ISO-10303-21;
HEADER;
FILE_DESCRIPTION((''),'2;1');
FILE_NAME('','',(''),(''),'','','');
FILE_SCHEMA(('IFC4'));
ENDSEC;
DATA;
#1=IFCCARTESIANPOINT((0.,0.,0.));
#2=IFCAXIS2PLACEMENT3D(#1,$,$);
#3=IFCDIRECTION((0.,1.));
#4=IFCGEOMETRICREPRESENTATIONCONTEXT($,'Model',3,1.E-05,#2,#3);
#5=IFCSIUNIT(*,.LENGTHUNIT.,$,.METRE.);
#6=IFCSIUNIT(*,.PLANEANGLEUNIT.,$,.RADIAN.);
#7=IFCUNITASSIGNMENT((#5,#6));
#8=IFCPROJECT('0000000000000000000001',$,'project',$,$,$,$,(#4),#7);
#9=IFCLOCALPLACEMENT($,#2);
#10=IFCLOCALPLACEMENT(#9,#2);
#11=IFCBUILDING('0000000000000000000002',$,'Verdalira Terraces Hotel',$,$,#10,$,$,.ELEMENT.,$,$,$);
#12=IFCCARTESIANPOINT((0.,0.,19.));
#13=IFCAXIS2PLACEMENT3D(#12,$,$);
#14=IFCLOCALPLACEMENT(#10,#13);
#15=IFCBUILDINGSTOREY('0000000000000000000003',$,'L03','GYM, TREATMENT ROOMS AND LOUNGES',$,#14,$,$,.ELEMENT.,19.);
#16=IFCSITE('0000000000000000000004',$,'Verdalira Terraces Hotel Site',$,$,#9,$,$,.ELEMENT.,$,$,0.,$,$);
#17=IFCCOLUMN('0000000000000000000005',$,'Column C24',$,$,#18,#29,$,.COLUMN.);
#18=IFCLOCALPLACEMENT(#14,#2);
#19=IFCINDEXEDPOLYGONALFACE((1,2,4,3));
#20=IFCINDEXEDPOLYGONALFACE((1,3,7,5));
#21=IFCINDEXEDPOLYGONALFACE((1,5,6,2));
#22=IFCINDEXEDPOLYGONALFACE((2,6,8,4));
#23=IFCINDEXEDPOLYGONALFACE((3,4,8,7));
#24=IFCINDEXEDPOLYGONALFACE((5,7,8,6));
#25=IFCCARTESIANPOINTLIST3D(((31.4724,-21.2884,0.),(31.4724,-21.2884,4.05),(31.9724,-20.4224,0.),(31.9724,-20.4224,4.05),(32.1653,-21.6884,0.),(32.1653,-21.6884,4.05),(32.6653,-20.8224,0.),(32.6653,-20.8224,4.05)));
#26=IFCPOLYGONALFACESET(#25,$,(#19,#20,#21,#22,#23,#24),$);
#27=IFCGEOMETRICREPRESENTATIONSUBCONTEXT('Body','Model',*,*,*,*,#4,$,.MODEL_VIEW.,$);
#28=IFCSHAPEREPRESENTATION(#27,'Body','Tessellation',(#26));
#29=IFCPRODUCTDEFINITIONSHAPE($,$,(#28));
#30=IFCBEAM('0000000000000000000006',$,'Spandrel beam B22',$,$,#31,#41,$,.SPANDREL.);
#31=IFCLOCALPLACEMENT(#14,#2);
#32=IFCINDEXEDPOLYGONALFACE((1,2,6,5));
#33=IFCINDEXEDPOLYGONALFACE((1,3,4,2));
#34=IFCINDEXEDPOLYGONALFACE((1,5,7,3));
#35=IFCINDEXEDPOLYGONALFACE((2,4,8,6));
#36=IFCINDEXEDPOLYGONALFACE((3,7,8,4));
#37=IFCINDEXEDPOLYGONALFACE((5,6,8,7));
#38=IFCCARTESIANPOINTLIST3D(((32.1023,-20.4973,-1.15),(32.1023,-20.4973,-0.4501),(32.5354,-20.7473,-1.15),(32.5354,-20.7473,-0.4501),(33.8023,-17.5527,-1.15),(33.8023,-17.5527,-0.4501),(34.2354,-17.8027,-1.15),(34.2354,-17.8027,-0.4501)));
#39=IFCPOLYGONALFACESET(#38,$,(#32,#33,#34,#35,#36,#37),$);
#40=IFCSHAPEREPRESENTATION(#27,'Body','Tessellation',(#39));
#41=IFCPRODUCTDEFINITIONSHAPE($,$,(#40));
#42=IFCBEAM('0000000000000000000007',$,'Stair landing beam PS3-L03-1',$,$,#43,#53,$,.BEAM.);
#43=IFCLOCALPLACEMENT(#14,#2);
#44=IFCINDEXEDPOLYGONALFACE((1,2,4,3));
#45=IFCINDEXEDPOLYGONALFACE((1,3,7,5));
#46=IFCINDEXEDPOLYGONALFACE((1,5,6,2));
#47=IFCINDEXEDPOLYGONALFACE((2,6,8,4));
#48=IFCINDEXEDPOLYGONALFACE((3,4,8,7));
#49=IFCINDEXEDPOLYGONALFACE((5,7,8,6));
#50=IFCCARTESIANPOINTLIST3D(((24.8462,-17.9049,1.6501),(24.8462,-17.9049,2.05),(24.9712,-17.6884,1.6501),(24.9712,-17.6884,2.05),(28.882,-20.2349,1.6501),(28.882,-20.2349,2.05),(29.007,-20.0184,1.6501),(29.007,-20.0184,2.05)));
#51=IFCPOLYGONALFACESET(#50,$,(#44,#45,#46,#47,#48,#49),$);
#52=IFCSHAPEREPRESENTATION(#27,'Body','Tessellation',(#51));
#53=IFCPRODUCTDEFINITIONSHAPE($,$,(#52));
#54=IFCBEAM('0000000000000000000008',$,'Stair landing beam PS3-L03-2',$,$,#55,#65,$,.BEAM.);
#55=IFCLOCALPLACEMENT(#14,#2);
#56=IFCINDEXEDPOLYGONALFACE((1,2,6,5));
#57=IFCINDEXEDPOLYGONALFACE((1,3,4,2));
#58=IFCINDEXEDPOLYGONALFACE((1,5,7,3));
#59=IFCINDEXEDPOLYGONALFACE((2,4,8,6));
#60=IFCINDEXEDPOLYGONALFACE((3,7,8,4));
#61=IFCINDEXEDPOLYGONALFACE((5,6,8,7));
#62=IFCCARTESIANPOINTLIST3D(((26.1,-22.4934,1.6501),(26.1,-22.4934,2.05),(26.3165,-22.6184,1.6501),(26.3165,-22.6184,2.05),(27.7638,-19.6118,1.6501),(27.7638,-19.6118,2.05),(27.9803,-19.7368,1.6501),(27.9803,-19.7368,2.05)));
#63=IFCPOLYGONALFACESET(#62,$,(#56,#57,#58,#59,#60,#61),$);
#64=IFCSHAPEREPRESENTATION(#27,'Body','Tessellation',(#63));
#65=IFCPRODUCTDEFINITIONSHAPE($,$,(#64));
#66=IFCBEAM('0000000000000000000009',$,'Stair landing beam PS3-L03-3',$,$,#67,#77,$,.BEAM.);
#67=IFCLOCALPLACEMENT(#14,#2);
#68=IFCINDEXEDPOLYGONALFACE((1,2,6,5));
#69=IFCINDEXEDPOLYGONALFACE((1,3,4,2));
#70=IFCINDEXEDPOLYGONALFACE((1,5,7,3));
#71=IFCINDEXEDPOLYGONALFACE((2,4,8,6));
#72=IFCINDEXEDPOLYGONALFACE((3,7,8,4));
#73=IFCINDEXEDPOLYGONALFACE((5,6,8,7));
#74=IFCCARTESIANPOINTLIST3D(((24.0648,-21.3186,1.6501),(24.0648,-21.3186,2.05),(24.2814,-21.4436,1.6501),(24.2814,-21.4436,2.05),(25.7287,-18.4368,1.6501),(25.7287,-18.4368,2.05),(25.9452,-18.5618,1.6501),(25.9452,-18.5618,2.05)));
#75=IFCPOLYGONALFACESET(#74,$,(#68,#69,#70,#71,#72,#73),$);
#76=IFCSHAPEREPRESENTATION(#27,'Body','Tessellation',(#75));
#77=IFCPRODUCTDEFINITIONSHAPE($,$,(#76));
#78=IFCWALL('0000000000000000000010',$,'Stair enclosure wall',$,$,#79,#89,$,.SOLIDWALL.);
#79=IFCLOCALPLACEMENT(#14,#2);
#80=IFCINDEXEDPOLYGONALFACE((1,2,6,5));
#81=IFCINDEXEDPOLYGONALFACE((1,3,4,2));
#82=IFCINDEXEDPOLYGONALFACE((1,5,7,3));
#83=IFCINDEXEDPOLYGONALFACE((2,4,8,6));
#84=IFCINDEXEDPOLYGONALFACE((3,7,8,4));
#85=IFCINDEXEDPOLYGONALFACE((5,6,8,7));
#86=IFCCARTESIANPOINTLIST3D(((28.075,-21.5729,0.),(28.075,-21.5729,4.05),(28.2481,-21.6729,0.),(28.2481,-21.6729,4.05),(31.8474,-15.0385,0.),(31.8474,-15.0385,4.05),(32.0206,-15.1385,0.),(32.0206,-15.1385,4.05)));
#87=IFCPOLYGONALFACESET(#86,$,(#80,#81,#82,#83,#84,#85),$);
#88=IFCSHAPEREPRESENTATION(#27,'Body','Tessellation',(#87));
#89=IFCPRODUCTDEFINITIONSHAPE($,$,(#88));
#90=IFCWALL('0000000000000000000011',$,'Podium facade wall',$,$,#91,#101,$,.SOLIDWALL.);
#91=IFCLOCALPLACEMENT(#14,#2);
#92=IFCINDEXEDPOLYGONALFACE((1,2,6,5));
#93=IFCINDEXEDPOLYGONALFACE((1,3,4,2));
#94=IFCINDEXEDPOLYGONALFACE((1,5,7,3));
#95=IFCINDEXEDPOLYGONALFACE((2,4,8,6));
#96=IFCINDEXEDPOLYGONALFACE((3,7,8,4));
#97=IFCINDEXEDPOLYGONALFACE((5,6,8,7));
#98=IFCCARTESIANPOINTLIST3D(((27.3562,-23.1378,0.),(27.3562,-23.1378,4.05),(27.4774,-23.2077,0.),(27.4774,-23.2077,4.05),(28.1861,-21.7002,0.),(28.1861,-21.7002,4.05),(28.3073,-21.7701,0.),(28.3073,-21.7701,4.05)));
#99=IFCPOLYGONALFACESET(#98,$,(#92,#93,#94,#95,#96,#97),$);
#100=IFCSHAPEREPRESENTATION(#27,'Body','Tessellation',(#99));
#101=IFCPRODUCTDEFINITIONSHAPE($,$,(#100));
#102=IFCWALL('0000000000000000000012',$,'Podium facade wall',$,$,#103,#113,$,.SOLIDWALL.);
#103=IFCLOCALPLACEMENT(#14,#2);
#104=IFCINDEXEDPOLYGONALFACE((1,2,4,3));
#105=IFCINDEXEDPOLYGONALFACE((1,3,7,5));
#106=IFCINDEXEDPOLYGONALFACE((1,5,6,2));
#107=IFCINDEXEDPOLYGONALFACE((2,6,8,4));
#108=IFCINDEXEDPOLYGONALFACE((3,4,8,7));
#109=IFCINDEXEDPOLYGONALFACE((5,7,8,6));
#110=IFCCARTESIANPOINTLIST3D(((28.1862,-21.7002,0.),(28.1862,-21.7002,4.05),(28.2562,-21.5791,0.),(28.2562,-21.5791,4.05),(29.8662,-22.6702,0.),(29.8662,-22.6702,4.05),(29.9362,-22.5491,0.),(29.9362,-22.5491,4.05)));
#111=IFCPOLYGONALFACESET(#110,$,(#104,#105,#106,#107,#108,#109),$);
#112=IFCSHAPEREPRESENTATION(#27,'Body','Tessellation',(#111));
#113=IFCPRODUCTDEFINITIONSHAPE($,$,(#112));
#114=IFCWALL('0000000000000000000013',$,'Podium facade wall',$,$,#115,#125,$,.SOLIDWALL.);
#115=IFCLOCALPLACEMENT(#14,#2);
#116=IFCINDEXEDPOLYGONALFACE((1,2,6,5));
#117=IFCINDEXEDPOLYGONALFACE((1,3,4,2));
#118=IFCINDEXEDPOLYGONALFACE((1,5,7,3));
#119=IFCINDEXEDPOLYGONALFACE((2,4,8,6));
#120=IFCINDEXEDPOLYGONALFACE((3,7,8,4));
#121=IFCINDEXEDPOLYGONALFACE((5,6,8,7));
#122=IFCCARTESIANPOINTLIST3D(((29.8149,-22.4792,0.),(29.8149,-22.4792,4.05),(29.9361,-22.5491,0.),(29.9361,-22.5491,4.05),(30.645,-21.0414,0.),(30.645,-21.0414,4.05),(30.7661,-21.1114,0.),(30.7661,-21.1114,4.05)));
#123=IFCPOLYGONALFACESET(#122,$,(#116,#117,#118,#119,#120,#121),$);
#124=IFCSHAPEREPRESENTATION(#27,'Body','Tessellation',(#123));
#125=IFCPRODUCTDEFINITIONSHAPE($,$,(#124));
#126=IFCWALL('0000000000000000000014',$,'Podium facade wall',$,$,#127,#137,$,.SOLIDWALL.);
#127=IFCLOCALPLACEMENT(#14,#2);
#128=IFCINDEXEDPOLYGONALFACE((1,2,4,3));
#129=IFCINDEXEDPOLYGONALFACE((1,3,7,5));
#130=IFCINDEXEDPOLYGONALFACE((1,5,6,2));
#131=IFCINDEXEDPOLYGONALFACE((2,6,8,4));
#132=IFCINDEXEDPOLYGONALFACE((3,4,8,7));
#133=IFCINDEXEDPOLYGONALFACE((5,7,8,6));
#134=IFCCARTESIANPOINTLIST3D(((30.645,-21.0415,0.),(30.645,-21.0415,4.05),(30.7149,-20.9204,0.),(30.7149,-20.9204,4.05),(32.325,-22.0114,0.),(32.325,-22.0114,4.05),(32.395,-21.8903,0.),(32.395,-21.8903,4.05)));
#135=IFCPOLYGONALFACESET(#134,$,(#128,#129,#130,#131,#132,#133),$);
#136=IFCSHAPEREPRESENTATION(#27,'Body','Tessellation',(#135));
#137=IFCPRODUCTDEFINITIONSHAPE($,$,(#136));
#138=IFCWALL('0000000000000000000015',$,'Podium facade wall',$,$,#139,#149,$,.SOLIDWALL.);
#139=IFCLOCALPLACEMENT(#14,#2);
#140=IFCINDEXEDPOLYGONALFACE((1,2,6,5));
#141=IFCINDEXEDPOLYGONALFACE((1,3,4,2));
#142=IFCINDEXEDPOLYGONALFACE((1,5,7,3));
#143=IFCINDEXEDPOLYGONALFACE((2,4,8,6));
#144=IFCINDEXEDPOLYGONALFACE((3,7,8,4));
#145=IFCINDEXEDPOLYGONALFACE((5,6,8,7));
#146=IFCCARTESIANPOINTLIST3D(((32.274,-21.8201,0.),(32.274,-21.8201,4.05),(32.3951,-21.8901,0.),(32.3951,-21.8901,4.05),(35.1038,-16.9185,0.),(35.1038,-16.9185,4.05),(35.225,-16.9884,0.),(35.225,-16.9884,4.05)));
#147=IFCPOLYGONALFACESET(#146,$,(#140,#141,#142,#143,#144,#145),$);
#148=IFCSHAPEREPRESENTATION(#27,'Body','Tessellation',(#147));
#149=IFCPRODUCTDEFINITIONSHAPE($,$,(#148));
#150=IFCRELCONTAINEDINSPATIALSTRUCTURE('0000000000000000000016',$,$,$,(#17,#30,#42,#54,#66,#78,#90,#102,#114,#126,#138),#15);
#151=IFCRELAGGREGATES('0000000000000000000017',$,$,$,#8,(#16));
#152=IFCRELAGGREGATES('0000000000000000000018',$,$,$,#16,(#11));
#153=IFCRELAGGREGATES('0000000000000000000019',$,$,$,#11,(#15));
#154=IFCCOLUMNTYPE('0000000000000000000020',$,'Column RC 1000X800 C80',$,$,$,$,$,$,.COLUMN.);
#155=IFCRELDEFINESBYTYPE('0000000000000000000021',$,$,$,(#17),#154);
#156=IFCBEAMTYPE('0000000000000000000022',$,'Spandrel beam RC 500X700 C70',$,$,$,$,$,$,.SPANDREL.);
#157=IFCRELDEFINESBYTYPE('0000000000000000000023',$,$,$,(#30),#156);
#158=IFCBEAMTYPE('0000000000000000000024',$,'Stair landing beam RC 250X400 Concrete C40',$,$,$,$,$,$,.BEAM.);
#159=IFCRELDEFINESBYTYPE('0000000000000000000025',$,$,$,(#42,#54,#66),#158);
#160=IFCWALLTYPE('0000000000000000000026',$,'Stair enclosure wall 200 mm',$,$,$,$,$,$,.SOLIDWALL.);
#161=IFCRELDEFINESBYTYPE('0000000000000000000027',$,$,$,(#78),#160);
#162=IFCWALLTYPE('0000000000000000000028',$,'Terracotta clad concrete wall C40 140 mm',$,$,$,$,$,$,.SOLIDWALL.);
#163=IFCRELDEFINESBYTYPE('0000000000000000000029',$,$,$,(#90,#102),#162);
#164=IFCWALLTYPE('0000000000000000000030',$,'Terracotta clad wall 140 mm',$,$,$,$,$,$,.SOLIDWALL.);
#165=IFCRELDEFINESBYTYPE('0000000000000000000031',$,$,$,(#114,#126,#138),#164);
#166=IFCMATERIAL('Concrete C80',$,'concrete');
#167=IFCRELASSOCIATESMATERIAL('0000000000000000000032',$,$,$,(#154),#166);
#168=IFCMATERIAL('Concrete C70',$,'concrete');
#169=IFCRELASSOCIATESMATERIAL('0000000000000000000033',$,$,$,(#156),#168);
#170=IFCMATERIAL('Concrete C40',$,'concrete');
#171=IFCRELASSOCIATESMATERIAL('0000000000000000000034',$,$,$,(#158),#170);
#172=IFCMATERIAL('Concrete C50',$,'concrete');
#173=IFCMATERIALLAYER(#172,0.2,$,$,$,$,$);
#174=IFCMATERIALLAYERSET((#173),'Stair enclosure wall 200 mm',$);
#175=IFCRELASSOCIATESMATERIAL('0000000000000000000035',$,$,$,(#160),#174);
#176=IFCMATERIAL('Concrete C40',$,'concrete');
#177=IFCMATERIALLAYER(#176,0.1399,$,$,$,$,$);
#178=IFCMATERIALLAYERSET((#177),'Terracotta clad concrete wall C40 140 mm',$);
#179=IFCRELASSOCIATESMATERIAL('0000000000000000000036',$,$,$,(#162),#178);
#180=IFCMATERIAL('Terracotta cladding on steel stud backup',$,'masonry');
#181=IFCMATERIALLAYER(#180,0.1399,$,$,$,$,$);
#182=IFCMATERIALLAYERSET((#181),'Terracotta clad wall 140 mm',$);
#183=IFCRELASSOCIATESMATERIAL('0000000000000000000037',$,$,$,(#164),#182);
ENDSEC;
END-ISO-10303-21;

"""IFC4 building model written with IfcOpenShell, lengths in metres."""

from ifc_helpers import new_model, si_unit, direction, frame, frame_2d, origin, origin_2d, place, context, subcontext, project, spatial, rectangle, extrude, material, layer, layer_set, material_profile, profile_set, type_object, element, save


model = new_model("IFC4")

# Units and contexts
model_context = context("Model", 3, precision=1e-05, world=origin(), true_north=direction((0.0, 1.0)))
body_context = subcontext(model_context, "Body", "Model", "MODEL_VIEW")
ifc_project = project(units=[si_unit("LENGTHUNIT", "METRE"), si_unit("PLANEANGLEUNIT", "RADIAN")], contexts=[model_context])

# Site, building, storey
site_placement = place(None, origin())
site = spatial("IfcSite", under=ifc_project, at=site_placement, Name="Verdalira Terraces Hotel Site", CompositionType="ELEMENT", RefElevation=0.0)
building_placement = place(site_placement, origin())
building = spatial("IfcBuilding", under=site, at=building_placement, Name="Verdalira Terraces Hotel", CompositionType="ELEMENT")
storey_placement = place(building_placement, frame((0.0, 0.0, 19.0)))
storey = spatial("IfcBuildingStorey", under=building, at=storey_placement, Name="L03", Description="GYM, TREATMENT ROOMS AND LOUNGES", CompositionType="ELEMENT", Elevation=19.0)

# Column
ifc_material_1 = material(Name="Concrete C80", Category="concrete")
ifc_material_profile_1 = material_profile(ifc_material_1, rectangle(XDim=1.0, YDim=0.8, at=origin_2d()), Name="RC 1000X800")
ifc_profile_set_1 = profile_set([ifc_material_profile_1], Name="Concrete C80")
column_type = type_object("IfcColumnType", Name="Column RC 1000X800 C80", PredefinedType="COLUMN", material=ifc_profile_set_1)
column_placement = place(storey_placement, frame((32.0688, -21.0554, 0.0), z_axis=(0.0, 0.0, 1.0), x_axis=(0.5, 0.866025, 0.0)))
element("IfcColumn", 1, at=column_placement, inside=storey, type_object=column_type, Name="Column C24", PredefinedType="COLUMN", context=body_context, shape_type="SweptSolid", body=[
    extrude(rectangle(XDim=1.0, YDim=0.8, at=origin_2d()), origin(), (0.0, 0.0, 1.0), 4.05),
])

# Beams
ifc_material_2 = material(Name="Concrete C70", Category="concrete")
ifc_material_profile_2 = material_profile(ifc_material_2, rectangle(XDim=0.5, YDim=0.7, at=origin_2d()), Name="RC 500X700")
ifc_profile_set_2 = profile_set([ifc_material_profile_2], Name="Concrete C70")
beam_type_1 = type_object("IfcBeamType", Name="Spandrel beam RC 500X700 C70", PredefinedType="SPANDREL", material=ifc_profile_set_2)
beam_1_placement = place(storey_placement, frame((32.3188, -20.6223, -0.8), z_axis=(0.499977, 0.866039, 0.0), x_axis=(-0.866039, 0.499977, 0.0)))
element("IfcBeam", 2, at=beam_1_placement, inside=storey, type_object=beam_type_1, Name="Spandrel beam B22", PredefinedType="SPANDREL", context=body_context, shape_type="SweptSolid", body=[
    extrude(rectangle(XDim=0.5, YDim=0.7, at=origin_2d()), origin(), (0.0, 0.0, 1.0), 3.4001),
])
ifc_material_3 = material(Name="Concrete C40", Category="concrete")
ifc_material_profile_3 = material_profile(ifc_material_3, rectangle(XDim=0.25, YDim=0.3999, at=origin_2d()), Name="RC 250X400")
ifc_profile_set_3 = profile_set([ifc_material_profile_3], Name="Concrete C40")
beam_type_2 = type_object("IfcBeamType", Name="Stair landing beam RC 250X400 Concrete C40", PredefinedType="BEAM", material=ifc_profile_set_3)
beam_2_placement = place(storey_placement, frame((24.9087, -17.7966, 1.8501), z_axis=(0.866029, -0.499993, 0.0), x_axis=(0.499993, 0.866029, 0.0)))
element("IfcBeam", 3, at=beam_2_placement, inside=storey, type_object=beam_type_2, Name="Stair landing beam PS3-L03-1", PredefinedType="BEAM", context=body_context, shape_type="SweptSolid", body=[
    extrude(rectangle(XDim=0.25, YDim=0.3999, at=origin_2d()), origin(), (0.0, 0.0, 1.0), 4.6602),
])
beam_3_placement = place(storey_placement, frame((27.8721, -19.6743, 1.8501), z_axis=(-0.500029, -0.866008, 0.0), x_axis=(0.866008, -0.500029, 0.0)))
element("IfcBeam", 4, at=beam_3_placement, inside=storey, type_object=beam_type_2, Name="Stair landing beam PS3-L03-2", PredefinedType="BEAM", context=body_context, shape_type="SweptSolid", body=[
    extrude(rectangle(XDim=0.25, YDim=0.3999, at=origin_2d()), origin(), (0.0, 0.0, 1.0), 3.3274),
])
beam_4_placement = place(storey_placement, frame((25.8369, -18.4993, 1.8501), z_axis=(-0.499998, -0.866027, 0.0), x_axis=(0.866027, -0.499998, 0.0)))
element("IfcBeam", 5, at=beam_4_placement, inside=storey, type_object=beam_type_2, Name="Stair landing beam PS3-L03-3", PredefinedType="BEAM", context=body_context, shape_type="SweptSolid", body=[
    extrude(rectangle(XDim=0.25, YDim=0.3999, at=origin_2d()), origin(), (0.0, 0.0, 1.0), 3.3276),
])

# Walls
ifc_material_4 = material(Name="Concrete C50", Category="concrete")
ifc_layer_1 = layer(ifc_material_4, 0.2)
ifc_layer_set_1 = layer_set([ifc_layer_1], Name="Stair enclosure wall 200 mm")
wall_type_1 = type_object("IfcWallType", Name="Stair enclosure wall 200 mm", PredefinedType="SOLIDWALL", material=ifc_layer_set_1)
wall_1_placement = place(storey_placement, frame((28.1616, -21.6228, 0.0), z_axis=(0.0, 0.0, 1.0), x_axis=(0.499981, 0.866036, 0.0)))
element("IfcWall", 6, at=wall_1_placement, inside=storey, type_object=wall_type_1, Name="Stair enclosure wall", PredefinedType="SOLIDWALL", context=body_context, shape_type="SweptSolid", body=[
    extrude(rectangle(XDim=7.5452, YDim=0.2, at=frame_2d((3.7725, 0.0))), origin(), (0.0, 0.0, 1.0), 4.05),
])
ifc_material_5 = material(Name="Concrete C40", Category="concrete")
ifc_layer_2 = layer(ifc_material_5, 0.1399)
ifc_layer_set_2 = layer_set([ifc_layer_2], Name="Terracotta clad concrete wall C40 140 mm")
wall_type_2 = type_object("IfcWallType", Name="Terracotta clad concrete wall C40 140 mm", PredefinedType="SOLIDWALL", material=ifc_layer_set_2)
wall_2_placement = place(storey_placement, frame((27.4167, -23.1729, 0.0), z_axis=(0.0, 0.0, 1.0), x_axis=(0.499952, 0.866053, 0.0)))
element("IfcWall", 7, at=wall_2_placement, inside=storey, type_object=wall_type_2, Name="Podium facade wall", PredefinedType="SOLIDWALL", context=body_context, shape_type="SweptSolid", body=[
    extrude(rectangle(XDim=1.6599, YDim=0.1399, at=frame_2d((0.8301, 0.0))), origin(), (0.0, 0.0, 1.0), 4.05),
])
wall_3_placement = place(storey_placement, frame((28.2212, -21.6396, 0.0), z_axis=(0.0, 0.0, 1.0), x_axis=(0.866012, -0.500024, 0.0)))
element("IfcWall", 8, at=wall_3_placement, inside=storey, type_object=wall_type_2, Name="Podium facade wall", PredefinedType="SOLIDWALL", context=body_context, shape_type="SweptSolid", body=[
    extrude(rectangle(XDim=1.9399, YDim=0.1399, at=frame_2d((0.97, 0.0))), origin(), (0.0, 0.0, 1.0), 4.05),
])
ifc_material_6 = material(Name="Terracotta cladding on steel stud backup", Category="masonry")
ifc_layer_3 = layer(ifc_material_6, 0.1399)
ifc_layer_set_3 = layer_set([ifc_layer_3], Name="Terracotta clad wall 140 mm")
wall_type_3 = type_object("IfcWallType", Name="Terracotta clad wall 140 mm", PredefinedType="SOLIDWALL", material=ifc_layer_set_3)
wall_4_placement = place(storey_placement, frame((29.8755, -22.5142, 0.0), z_axis=(0.0, 0.0, 1.0), x_axis=(0.499998, 0.866026, 0.0)))
element("IfcWall", 9, at=wall_4_placement, inside=storey, type_object=wall_type_3, Name="Podium facade wall", PredefinedType="SOLIDWALL", context=body_context, shape_type="SweptSolid", body=[
    extrude(rectangle(XDim=1.6602, YDim=0.1399, at=frame_2d((0.8301, 0.0))), origin(), (0.0, 0.0, 1.0), 4.05),
])
wall_5_placement = place(storey_placement, frame((30.6799, -20.981, 0.0), z_axis=(0.0, 0.0, 1.0), x_axis=(0.866043, -0.499969, 0.0)))
element("IfcWall", 10, at=wall_5_placement, inside=storey, type_object=wall_type_3, Name="Podium facade wall", PredefinedType="SOLIDWALL", context=body_context, shape_type="SweptSolid", body=[
    extrude(rectangle(XDim=1.9399, YDim=0.1399, at=frame_2d((0.97, 0.0))), origin(), (0.0, 0.0, 1.0), 4.05),
])
wall_6_placement = place(storey_placement, frame((32.3345, -21.8552, 0.0), z_axis=(0.0, 0.0, 1.0), x_axis=(0.499985, 0.866034, 0.0)))
element("IfcWall", 11, at=wall_6_placement, inside=storey, type_object=wall_type_3, Name="Podium facade wall", PredefinedType="SOLIDWALL", context=body_context, shape_type="SweptSolid", body=[
    extrude(rectangle(XDim=5.6599, YDim=0.1399, at=frame_2d((2.8301, 0.0))), origin(), (0.0, 0.0, 1.0), 4.05),
])

save(model, "model.ifc")
